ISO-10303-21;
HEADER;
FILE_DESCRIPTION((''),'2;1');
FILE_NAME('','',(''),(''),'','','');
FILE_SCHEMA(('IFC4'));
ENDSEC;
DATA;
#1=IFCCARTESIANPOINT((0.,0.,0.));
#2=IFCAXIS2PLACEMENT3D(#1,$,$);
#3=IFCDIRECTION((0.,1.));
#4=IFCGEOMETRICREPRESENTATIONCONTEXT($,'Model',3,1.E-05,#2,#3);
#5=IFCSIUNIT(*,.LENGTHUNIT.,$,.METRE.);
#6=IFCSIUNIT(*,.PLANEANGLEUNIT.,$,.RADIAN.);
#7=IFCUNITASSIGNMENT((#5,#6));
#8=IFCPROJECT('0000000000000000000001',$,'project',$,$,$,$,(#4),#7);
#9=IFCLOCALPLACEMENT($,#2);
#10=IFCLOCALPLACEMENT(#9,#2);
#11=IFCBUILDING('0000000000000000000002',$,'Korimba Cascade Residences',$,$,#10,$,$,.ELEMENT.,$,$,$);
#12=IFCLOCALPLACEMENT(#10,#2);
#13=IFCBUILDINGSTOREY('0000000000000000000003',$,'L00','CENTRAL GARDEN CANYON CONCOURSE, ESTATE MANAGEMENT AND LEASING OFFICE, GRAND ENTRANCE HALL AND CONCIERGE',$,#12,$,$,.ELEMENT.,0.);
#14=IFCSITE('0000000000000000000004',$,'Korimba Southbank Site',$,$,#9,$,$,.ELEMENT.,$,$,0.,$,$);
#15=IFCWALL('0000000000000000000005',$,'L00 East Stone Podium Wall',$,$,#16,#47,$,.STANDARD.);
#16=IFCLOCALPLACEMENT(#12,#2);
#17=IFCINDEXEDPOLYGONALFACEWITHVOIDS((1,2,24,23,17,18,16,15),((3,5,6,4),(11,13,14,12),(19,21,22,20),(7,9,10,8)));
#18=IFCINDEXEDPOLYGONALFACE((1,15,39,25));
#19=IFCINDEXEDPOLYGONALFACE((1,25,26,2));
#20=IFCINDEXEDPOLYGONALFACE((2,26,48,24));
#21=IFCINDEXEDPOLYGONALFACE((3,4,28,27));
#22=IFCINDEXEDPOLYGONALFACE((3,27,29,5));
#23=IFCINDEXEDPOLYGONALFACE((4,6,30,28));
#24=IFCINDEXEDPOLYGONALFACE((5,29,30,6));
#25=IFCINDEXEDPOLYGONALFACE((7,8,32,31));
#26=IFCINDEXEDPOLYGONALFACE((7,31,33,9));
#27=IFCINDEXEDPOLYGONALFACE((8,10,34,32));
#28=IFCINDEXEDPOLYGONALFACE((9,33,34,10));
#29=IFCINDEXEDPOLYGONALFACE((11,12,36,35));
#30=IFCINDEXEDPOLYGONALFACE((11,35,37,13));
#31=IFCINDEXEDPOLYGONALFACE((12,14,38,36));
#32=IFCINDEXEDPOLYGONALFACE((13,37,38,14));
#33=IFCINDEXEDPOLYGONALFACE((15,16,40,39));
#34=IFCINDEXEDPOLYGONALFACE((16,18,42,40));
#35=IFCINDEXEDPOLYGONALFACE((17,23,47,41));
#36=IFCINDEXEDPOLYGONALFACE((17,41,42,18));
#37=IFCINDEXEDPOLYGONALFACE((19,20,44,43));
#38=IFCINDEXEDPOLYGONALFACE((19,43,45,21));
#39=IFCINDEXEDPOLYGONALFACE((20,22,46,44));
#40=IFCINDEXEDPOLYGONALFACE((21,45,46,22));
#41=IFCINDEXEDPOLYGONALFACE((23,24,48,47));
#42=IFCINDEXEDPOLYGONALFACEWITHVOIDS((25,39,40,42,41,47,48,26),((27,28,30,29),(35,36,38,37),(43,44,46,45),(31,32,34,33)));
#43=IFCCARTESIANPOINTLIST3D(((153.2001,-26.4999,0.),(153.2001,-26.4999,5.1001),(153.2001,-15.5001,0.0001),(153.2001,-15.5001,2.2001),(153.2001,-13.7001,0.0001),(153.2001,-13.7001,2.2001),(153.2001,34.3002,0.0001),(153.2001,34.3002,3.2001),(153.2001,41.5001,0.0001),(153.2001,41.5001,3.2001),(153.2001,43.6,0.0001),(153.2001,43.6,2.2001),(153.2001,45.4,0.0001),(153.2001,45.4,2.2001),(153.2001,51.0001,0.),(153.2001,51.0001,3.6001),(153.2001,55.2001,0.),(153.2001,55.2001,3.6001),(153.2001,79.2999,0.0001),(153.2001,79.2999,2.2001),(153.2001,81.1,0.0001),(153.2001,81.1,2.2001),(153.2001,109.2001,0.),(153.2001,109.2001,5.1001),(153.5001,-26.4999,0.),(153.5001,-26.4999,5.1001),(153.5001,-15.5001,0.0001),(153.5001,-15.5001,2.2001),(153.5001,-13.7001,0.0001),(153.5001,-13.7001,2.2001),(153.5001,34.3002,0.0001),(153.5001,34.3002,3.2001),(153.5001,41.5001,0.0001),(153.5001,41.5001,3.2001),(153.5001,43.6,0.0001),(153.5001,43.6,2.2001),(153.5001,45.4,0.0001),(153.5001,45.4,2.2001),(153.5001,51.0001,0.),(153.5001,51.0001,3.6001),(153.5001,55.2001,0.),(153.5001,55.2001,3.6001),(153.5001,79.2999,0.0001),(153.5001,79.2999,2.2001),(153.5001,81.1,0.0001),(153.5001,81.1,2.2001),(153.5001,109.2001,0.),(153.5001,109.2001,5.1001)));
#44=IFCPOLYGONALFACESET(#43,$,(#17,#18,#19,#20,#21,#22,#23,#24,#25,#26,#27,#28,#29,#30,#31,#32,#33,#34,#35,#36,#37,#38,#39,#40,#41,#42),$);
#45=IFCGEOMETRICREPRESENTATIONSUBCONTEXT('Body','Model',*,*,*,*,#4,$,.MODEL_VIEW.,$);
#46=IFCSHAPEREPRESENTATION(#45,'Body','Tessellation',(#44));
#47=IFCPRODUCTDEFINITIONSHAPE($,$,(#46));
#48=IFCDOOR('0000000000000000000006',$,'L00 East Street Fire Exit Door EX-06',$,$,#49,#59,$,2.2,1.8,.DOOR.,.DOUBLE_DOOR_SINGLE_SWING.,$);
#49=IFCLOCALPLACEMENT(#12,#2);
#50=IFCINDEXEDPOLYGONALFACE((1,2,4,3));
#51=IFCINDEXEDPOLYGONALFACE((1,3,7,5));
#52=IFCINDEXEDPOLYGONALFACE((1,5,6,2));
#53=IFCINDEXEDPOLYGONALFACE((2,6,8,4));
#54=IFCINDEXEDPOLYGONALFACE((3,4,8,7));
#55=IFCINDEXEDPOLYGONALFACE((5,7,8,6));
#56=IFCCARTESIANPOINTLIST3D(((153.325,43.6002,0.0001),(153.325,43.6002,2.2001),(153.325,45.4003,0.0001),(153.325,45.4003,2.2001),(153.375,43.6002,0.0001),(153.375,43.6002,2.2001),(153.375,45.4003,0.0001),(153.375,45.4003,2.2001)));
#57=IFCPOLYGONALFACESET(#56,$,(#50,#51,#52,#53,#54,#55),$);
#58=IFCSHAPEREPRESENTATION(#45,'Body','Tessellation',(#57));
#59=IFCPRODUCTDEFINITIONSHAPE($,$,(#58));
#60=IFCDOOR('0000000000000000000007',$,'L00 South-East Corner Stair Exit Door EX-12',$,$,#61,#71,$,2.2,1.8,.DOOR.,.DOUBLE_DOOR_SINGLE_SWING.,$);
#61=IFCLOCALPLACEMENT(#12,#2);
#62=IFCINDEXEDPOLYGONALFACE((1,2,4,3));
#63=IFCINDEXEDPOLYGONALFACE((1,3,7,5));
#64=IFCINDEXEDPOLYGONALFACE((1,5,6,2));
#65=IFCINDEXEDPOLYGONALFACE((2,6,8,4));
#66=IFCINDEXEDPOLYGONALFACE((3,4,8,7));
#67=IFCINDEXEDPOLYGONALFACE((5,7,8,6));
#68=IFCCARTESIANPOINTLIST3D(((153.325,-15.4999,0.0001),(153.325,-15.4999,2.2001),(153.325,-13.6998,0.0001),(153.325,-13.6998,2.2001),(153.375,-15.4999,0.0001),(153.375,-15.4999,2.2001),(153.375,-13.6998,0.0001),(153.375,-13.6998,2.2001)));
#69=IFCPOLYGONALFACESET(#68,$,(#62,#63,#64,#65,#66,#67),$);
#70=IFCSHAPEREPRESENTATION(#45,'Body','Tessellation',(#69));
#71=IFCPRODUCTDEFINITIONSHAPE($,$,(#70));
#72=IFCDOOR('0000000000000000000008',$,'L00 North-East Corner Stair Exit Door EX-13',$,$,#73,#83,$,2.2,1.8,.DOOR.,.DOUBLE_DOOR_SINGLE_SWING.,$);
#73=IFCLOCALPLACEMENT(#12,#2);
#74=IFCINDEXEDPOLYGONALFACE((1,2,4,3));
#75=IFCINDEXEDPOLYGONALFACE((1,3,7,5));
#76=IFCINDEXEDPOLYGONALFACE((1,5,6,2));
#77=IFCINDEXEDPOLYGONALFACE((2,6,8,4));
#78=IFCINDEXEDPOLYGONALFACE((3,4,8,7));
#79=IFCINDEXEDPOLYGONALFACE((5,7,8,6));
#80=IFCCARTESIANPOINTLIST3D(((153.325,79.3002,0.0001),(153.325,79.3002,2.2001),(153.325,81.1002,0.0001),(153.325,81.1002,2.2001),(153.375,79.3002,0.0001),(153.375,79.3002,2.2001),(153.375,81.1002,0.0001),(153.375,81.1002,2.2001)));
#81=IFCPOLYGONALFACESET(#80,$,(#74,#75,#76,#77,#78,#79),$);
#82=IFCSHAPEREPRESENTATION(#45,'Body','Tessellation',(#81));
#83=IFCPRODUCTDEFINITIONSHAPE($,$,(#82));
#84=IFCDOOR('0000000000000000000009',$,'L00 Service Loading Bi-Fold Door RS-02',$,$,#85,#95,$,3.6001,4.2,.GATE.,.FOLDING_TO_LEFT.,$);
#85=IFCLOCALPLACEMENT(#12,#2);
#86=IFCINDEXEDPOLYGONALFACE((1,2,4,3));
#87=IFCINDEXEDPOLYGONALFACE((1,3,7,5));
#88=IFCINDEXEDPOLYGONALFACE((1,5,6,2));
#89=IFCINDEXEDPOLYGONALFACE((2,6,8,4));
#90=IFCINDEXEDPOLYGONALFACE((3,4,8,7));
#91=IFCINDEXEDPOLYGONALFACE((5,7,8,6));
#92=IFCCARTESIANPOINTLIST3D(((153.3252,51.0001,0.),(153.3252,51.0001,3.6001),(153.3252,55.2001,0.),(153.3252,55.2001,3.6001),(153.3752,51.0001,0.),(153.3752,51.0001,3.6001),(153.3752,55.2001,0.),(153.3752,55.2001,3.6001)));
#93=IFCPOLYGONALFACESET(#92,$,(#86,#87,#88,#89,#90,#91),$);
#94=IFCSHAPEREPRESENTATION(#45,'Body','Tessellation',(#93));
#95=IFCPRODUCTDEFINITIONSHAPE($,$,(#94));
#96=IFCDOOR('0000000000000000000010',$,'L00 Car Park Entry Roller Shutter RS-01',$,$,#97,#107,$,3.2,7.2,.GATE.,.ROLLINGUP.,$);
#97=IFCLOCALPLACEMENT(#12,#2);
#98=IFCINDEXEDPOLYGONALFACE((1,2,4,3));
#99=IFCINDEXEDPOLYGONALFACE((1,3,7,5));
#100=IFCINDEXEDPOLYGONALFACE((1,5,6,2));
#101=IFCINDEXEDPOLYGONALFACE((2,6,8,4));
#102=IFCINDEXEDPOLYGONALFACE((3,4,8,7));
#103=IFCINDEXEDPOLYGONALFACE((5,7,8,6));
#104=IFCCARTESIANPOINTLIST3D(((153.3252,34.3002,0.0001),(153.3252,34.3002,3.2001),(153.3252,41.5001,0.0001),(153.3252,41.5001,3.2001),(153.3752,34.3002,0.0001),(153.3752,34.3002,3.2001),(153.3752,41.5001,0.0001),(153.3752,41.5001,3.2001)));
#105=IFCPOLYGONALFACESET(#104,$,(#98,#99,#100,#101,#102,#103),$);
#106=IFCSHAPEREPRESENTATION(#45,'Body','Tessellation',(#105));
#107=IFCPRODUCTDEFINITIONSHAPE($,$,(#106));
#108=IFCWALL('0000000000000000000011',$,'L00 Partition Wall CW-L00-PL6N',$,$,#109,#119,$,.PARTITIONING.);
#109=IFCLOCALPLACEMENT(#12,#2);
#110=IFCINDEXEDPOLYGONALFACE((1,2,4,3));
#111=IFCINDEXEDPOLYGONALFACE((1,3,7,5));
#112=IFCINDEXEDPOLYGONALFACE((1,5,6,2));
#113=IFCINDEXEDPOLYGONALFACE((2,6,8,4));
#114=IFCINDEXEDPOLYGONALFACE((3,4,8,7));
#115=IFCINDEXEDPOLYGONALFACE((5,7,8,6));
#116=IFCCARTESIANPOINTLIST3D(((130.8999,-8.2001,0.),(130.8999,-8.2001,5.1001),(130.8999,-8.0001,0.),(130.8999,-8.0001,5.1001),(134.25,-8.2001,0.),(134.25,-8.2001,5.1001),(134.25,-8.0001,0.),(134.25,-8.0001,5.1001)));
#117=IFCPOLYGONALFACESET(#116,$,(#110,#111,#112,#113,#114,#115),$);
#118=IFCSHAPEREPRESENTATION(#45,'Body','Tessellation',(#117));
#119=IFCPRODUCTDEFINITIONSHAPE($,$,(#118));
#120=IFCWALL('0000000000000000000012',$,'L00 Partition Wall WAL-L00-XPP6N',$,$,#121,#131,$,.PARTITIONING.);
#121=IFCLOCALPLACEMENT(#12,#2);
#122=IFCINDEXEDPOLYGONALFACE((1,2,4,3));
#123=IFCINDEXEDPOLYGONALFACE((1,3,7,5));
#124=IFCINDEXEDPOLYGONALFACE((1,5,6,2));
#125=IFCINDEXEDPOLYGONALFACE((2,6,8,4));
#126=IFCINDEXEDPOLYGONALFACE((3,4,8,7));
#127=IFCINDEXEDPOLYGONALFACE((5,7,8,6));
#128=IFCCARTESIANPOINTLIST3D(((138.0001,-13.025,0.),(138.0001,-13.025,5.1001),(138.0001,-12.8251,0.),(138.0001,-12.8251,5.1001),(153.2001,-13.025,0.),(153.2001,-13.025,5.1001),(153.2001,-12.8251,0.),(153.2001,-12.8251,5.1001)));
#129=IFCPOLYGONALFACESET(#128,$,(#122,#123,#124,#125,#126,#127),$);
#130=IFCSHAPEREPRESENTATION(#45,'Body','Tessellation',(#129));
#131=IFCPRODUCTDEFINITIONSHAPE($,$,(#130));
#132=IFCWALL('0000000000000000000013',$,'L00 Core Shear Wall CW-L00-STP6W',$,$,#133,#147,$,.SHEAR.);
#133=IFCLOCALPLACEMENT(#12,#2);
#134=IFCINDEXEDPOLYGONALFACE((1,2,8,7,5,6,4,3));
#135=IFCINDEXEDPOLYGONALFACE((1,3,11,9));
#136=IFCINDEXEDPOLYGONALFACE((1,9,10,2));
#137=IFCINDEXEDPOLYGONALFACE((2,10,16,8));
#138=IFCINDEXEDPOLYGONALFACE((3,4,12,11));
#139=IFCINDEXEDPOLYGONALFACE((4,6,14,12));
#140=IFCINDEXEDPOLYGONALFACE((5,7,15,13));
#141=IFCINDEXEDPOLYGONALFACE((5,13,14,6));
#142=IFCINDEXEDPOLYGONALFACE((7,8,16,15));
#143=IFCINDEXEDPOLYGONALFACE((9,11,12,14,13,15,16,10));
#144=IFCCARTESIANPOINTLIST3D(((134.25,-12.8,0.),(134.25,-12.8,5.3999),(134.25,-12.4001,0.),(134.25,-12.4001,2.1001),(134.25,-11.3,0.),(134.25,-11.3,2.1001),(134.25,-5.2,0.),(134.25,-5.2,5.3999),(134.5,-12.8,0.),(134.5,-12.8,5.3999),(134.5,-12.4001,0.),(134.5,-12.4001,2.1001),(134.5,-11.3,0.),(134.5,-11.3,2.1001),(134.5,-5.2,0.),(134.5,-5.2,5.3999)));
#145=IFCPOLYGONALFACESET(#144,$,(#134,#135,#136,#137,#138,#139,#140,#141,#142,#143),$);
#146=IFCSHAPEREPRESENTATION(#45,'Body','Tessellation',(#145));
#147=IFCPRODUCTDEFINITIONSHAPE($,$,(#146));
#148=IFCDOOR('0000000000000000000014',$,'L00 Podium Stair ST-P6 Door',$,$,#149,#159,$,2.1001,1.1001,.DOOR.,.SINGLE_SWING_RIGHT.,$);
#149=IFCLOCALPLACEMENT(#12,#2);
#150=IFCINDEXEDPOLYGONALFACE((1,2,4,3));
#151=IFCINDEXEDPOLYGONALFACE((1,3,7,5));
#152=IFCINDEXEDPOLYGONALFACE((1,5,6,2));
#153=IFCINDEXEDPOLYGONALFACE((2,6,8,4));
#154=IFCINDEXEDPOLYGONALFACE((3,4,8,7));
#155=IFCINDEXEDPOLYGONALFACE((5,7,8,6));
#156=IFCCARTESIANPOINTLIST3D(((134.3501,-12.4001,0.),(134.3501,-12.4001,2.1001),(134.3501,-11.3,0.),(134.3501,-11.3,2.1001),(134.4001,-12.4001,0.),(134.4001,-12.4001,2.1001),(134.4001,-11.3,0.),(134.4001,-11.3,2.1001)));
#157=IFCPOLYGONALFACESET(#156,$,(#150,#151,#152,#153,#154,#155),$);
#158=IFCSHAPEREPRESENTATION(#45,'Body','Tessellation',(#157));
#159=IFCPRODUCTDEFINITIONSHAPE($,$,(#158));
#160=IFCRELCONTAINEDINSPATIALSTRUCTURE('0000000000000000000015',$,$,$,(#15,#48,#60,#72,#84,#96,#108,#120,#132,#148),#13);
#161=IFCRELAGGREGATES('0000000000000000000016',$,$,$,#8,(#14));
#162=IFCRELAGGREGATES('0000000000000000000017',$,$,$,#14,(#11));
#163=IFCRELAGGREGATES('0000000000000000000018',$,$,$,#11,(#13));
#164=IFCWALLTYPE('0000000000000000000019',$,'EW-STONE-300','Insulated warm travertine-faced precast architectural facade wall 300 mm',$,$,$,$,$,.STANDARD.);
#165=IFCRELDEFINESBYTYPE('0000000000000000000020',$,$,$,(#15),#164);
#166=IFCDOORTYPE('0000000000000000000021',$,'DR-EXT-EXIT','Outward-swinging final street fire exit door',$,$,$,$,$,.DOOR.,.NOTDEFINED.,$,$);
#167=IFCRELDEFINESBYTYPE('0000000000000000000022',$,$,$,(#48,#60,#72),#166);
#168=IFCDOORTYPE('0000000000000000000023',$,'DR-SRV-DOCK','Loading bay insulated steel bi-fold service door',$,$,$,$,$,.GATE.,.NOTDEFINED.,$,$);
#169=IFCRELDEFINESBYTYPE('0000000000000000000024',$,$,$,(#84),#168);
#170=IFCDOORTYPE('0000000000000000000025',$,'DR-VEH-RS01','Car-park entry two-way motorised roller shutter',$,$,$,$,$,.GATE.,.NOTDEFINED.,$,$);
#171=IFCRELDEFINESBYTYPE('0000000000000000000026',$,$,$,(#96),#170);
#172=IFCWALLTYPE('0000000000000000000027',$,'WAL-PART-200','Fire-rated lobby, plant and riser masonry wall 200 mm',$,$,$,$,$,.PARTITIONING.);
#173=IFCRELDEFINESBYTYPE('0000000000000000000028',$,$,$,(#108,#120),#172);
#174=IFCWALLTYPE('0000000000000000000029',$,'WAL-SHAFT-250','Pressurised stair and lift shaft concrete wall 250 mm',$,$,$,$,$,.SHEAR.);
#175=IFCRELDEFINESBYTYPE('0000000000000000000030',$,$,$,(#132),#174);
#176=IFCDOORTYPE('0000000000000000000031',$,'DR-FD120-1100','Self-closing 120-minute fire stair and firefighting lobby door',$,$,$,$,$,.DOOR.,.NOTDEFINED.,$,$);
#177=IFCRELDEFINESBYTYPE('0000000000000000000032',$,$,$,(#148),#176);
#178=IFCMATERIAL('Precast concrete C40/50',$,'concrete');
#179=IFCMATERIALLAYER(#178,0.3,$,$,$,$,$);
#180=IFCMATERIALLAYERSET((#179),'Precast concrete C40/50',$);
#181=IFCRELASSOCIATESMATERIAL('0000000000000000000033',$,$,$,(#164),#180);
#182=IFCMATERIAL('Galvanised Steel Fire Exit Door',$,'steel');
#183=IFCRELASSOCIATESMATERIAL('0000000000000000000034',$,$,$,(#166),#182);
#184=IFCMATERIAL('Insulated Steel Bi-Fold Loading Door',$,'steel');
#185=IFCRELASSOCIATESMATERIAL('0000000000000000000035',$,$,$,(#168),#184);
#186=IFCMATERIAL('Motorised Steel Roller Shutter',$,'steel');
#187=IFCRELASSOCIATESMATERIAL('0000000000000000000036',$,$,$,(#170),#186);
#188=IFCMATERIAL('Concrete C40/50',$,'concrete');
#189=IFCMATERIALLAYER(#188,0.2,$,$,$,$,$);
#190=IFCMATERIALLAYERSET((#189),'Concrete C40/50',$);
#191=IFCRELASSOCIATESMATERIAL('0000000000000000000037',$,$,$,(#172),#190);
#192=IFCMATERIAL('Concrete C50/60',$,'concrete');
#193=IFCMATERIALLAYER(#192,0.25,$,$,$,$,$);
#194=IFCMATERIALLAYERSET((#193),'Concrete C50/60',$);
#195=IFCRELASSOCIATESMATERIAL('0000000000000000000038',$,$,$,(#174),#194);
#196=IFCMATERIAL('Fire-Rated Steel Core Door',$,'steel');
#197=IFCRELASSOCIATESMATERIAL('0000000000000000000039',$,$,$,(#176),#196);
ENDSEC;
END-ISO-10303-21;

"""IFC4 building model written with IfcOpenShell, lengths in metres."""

from ifc_helpers import new_model, si_unit, direction, frame, frame_2d, origin, place, context, subcontext, project, spatial, rectangle, extrude, material, layer, layer_set, type_object, element, fill, save


model = new_model("IFC4")

# Units and contexts
model_context = context("Model", 3, precision=1e-05, world=origin(), true_north=direction((0.0, 1.0)))
body_context = subcontext(model_context, "Body", "Model", "MODEL_VIEW")
ifc_project = project(units=[si_unit("LENGTHUNIT", "METRE"), si_unit("PLANEANGLEUNIT", "RADIAN")], contexts=[model_context])

# Site, building, storey
site_placement = place(None, origin())
site = spatial("IfcSite", under=ifc_project, at=site_placement, Name="Korimba Southbank Site", CompositionType="ELEMENT", RefElevation=0.0)
building_placement = place(site_placement, origin())
building = spatial("IfcBuilding", under=site, at=building_placement, Name="Korimba Cascade Residences", CompositionType="ELEMENT")
storey_placement = place(building_placement, origin())
storey = spatial("IfcBuildingStorey", under=building, at=storey_placement, Name="L00", Description="CENTRAL GARDEN CANYON CONCOURSE, ESTATE MANAGEMENT AND LEASING OFFICE, GRAND ENTRANCE HALL AND CONCIERGE", CompositionType="ELEMENT", Elevation=0.0)

# Wall, openings, doors
ifc_material_1 = material(Name="Precast concrete C40/50", Category="concrete")
ifc_layer_1 = layer(ifc_material_1, 0.3)
ifc_layer_set_1 = layer_set([ifc_layer_1], Name="Precast concrete C40/50")
wall_type_1 = type_object("IfcWallType", Name="EW-STONE-300", Description="Insulated warm travertine-faced precast architectural facade wall 300 mm", PredefinedType="STANDARD", material=ifc_layer_set_1)
wall_1_placement = place(storey_placement, frame((153.3501, -26.5, 0.0), z_axis=(0.0, 0.0, 1.0), x_axis=(0.0, 1.0, 0.0)))
wall_1 = element("IfcWall", 1, at=wall_1_placement, inside=storey, type_object=wall_type_1, Name="L00 East Stone Podium Wall", PredefinedType="STANDARD", context=body_context, shape_type="SweptSolid", body=[
    extrude(rectangle(XDim=135.7, YDim=0.3, at=frame_2d((67.8501, 0.0))), origin(), (0.0, 0.0, 1.0), 5.1001),
])
opening_1_placement = place(wall_1_placement, frame((60.8, 0.0, 0.0)))
opening_1 = element("IfcOpeningElement", 2, at=opening_1_placement, cuts=wall_1, PredefinedType="OPENING", context=body_context, shape_type="SweptSolid", body=[
    extrude(rectangle(XDim=7.2, YDim=3.2, at=frame_2d((3.6001, 1.6001))), frame((0.0, 0.1602, 0.0), z_axis=(0.0, -1.0, 0.0), x_axis=(1.0, 0.0, 0.0)), (0.0, 0.0, 1.0), 0.3201),
])
opening_2_placement = place(wall_1_placement, frame((70.1001, 0.0, 0.0)))
opening_2 = element("IfcOpeningElement", 3, at=opening_2_placement, cuts=wall_1, PredefinedType="OPENING", context=body_context, shape_type="SweptSolid", body=[
    extrude(rectangle(XDim=1.8, YDim=2.2, at=frame_2d((0.8999, 1.1001))), frame((0.0, 0.1602, 0.0), z_axis=(0.0, -1.0, 0.0), x_axis=(1.0, 0.0, 0.0)), (0.0, 0.0, 1.0), 0.3201),
])
opening_3_placement = place(wall_1_placement, frame((77.5, 0.0, 0.0)))
opening_3 = element("IfcOpeningElement", 4, at=opening_3_placement, cuts=wall_1, PredefinedType="OPENING", context=body_context, shape_type="SweptSolid", body=[
    extrude(rectangle(XDim=4.2, YDim=3.6001, at=frame_2d((2.1001, 1.8))), frame((0.0, 0.1602, 0.0), z_axis=(0.0, -1.0, 0.0), x_axis=(1.0, 0.0, 0.0)), (0.0, 0.0, 1.0), 0.3201),
])
opening_4_placement = place(wall_1_placement, frame((11.0, 0.0, 0.0)))
opening_4 = element("IfcOpeningElement", 5, at=opening_4_placement, cuts=wall_1, PredefinedType="OPENING", context=body_context, shape_type="SweptSolid", body=[
    extrude(rectangle(XDim=1.8, YDim=2.2, at=frame_2d((0.8999, 1.1001))), frame((0.0, 0.1602, 0.0), z_axis=(0.0, -1.0, 0.0), x_axis=(1.0, 0.0, 0.0)), (0.0, 0.0, 1.0), 0.3201),
])
opening_5_placement = place(wall_1_placement, frame((105.8, 0.0, 0.0)))
opening_5 = element("IfcOpeningElement", 6, at=opening_5_placement, cuts=wall_1, PredefinedType="OPENING", context=body_context, shape_type="SweptSolid", body=[
    extrude(rectangle(XDim=1.8, YDim=2.2, at=frame_2d((0.8999, 1.1001))), frame((0.0, 0.1602, 0.0), z_axis=(0.0, -1.0, 0.0), x_axis=(1.0, 0.0, 0.0)), (0.0, 0.0, 1.0), 0.3201),
])
ifc_material_2 = material(Name="Galvanised Steel Fire Exit Door", Category="steel")
door_type_1 = type_object("IfcDoorType", Name="DR-EXT-EXIT", Description="Outward-swinging final street fire exit door", OperationType="NOTDEFINED", PredefinedType="DOOR", material=ifc_material_2)
door_1_placement = place(opening_2_placement, frame((1.8, 0.0, 0.0), z_axis=(0.0, 0.0, 1.0), x_axis=(-1.0, 0.0, 0.0)))
door_1 = element("IfcDoor", 7, at=door_1_placement, inside=storey, type_object=door_type_1, Name="L00 East Street Fire Exit Door EX-06", OperationType="DOUBLE_DOOR_SINGLE_SWING", OverallHeight=2.2, OverallWidth=1.8, PredefinedType="DOOR", context=body_context, shape_type="SweptSolid", body=[
    extrude(rectangle(XDim=1.8, YDim=2.2, at=frame_2d((0.8999, 1.1001))), frame((0.0, 0.0249, 0.0), z_axis=(0.0, -1.0, 0.0), x_axis=(1.0, 0.0, 0.0)), (0.0, 0.0, 1.0), 0.05),
])
fill(opening_2, door_1)
door_2_placement = place(opening_4_placement, frame((1.8, 0.0, 0.0), z_axis=(0.0, 0.0, 1.0), x_axis=(-1.0, 0.0, 0.0)))
door_2 = element("IfcDoor", 8, at=door_2_placement, inside=storey, type_object=door_type_1, Name="L00 South-East Corner Stair Exit Door EX-12", OperationType="DOUBLE_DOOR_SINGLE_SWING", OverallHeight=2.2, OverallWidth=1.8, PredefinedType="DOOR", context=body_context, shape_type="SweptSolid", body=[
    extrude(rectangle(XDim=1.8, YDim=2.2, at=frame_2d((0.8999, 1.1001))), frame((0.0, 0.0249, 0.0), z_axis=(0.0, -1.0, 0.0), x_axis=(1.0, 0.0, 0.0)), (0.0, 0.0, 1.0), 0.05),
])
fill(opening_4, door_2)
door_3_placement = place(opening_5_placement, frame((1.8, 0.0, 0.0), z_axis=(0.0, 0.0, 1.0), x_axis=(-1.0, 0.0, 0.0)))
door_3 = element("IfcDoor", 9, at=door_3_placement, inside=storey, type_object=door_type_1, Name="L00 North-East Corner Stair Exit Door EX-13", OperationType="DOUBLE_DOOR_SINGLE_SWING", OverallHeight=2.2, OverallWidth=1.8, PredefinedType="DOOR", context=body_context, shape_type="SweptSolid", body=[
    extrude(rectangle(XDim=1.8, YDim=2.2, at=frame_2d((0.8999, 1.1001))), frame((0.0, 0.0249, 0.0), z_axis=(0.0, -1.0, 0.0), x_axis=(1.0, 0.0, 0.0)), (0.0, 0.0, 1.0), 0.05),
])
fill(opening_5, door_3)
ifc_material_3 = material(Name="Insulated Steel Bi-Fold Loading Door", Category="steel")
door_type_2 = type_object("IfcDoorType", Name="DR-SRV-DOCK", Description="Loading bay insulated steel bi-fold service door", OperationType="NOTDEFINED", PredefinedType="GATE", material=ifc_material_3)
door_4_placement = place(opening_3_placement, origin())
door_4 = element("IfcDoor", 10, at=door_4_placement, inside=storey, type_object=door_type_2, Name="L00 Service Loading Bi-Fold Door RS-02", OperationType="FOLDING_TO_LEFT", OverallHeight=3.6001, OverallWidth=4.2, PredefinedType="GATE", context=body_context, shape_type="SweptSolid", body=[
    extrude(rectangle(XDim=4.2, YDim=3.6001, at=frame_2d((2.1001, 1.8))), frame((0.0, 0.0249, 0.0), z_axis=(0.0, -1.0, 0.0), x_axis=(1.0, 0.0, 0.0)), (0.0, 0.0, 1.0), 0.05),
])
fill(opening_3, door_4)
ifc_material_4 = material(Name="Motorised Steel Roller Shutter", Category="steel")
door_type_3 = type_object("IfcDoorType", Name="DR-VEH-RS01", Description="Car-park entry two-way motorised roller shutter", OperationType="NOTDEFINED", PredefinedType="GATE", material=ifc_material_4)
door_5_placement = place(opening_1_placement, origin())
door_5 = element("IfcDoor", 11, at=door_5_placement, inside=storey, type_object=door_type_3, Name="L00 Car Park Entry Roller Shutter RS-01", OperationType="ROLLINGUP", OverallHeight=3.2, OverallWidth=7.2, PredefinedType="GATE", context=body_context, shape_type="SweptSolid", body=[
    extrude(rectangle(XDim=7.2, YDim=3.2, at=frame_2d((3.6001, 1.6001))), frame((0.0, 0.0249, 0.0), z_axis=(0.0, -1.0, 0.0), x_axis=(1.0, 0.0, 0.0)), (0.0, 0.0, 1.0), 0.05),
])
fill(opening_1, door_5)

# Walls
ifc_material_5 = material(Name="Concrete C40/50", Category="concrete")
ifc_layer_2 = layer(ifc_material_5, 0.2)
ifc_layer_set_2 = layer_set([ifc_layer_2], Name="Concrete C40/50")
wall_type_2 = type_object("IfcWallType", Name="WAL-PART-200", Description="Fire-rated lobby, plant and riser masonry wall 200 mm", PredefinedType="PARTITIONING", material=ifc_layer_set_2)
wall_2_placement = place(storey_placement, frame((130.8999, -8.1001, 0.0), z_axis=(0.0, 0.0, 1.0), x_axis=(1.0, 0.0, 0.0)))
element("IfcWall", 12, at=wall_2_placement, inside=storey, type_object=wall_type_2, Name="L00 Partition Wall CW-L00-PL6N", PredefinedType="PARTITIONING", context=body_context, shape_type="SweptSolid", body=[
    extrude(rectangle(XDim=3.3501, YDim=0.2, at=frame_2d((1.675, 0.0))), origin(), (0.0, 0.0, 1.0), 5.1001),
])
wall_3_placement = place(storey_placement, frame((138.0, -12.925, 0.0), z_axis=(0.0, 0.0, 1.0), x_axis=(1.0, 0.0, 0.0)))
element("IfcWall", 13, at=wall_3_placement, inside=storey, type_object=wall_type_2, Name="L00 Partition Wall WAL-L00-XPP6N", PredefinedType="PARTITIONING", context=body_context, shape_type="SweptSolid", body=[
    extrude(rectangle(XDim=15.2, YDim=0.2, at=frame_2d((7.6001, 0.0))), origin(), (0.0, 0.0, 1.0), 5.1001),
])

# Wall, opening, door
ifc_material_6 = material(Name="Concrete C50/60", Category="concrete")
ifc_layer_3 = layer(ifc_material_6, 0.25)
ifc_layer_set_3 = layer_set([ifc_layer_3], Name="Concrete C50/60")
wall_type_3 = type_object("IfcWallType", Name="WAL-SHAFT-250", Description="Pressurised stair and lift shaft concrete wall 250 mm", PredefinedType="SHEAR", material=ifc_layer_set_3)
wall_4_placement = place(storey_placement, frame((134.375, -12.8, 0.0), z_axis=(0.0, 0.0, 1.0), x_axis=(0.0, 1.0, 0.0)))
wall_4 = element("IfcWall", 14, at=wall_4_placement, inside=storey, type_object=wall_type_3, Name="L00 Core Shear Wall CW-L00-STP6W", PredefinedType="SHEAR", context=body_context, shape_type="SweptSolid", body=[
    extrude(rectangle(XDim=7.6001, YDim=0.25, at=frame_2d((3.8, 0.0))), origin(), (0.0, 0.0, 1.0), 5.3999),
])
opening_6_placement = place(wall_4_placement, frame((0.3999, 0.0, 0.0)))
opening_6 = element("IfcOpeningElement", 15, at=opening_6_placement, cuts=wall_4, PredefinedType="OPENING", context=body_context, shape_type="SweptSolid", body=[
    extrude(rectangle(XDim=1.1001, YDim=2.1001, at=frame_2d((0.55, 1.05))), frame((0.0, 0.135, 0.0), z_axis=(0.0, -1.0, 0.0), x_axis=(1.0, 0.0, 0.0)), (0.0, 0.0, 1.0), 0.27),
])
ifc_material_7 = material(Name="Fire-Rated Steel Core Door", Category="steel")
door_type_4 = type_object("IfcDoorType", Name="DR-FD120-1100", Description="Self-closing 120-minute fire stair and firefighting lobby door", OperationType="NOTDEFINED", PredefinedType="DOOR", material=ifc_material_7)
door_6_placement = place(opening_6_placement, origin())
door_6 = element("IfcDoor", 16, at=door_6_placement, inside=storey, type_object=door_type_4, Name="L00 Podium Stair ST-P6 Door", OperationType="SINGLE_SWING_RIGHT", OverallHeight=2.1001, OverallWidth=1.1001, PredefinedType="DOOR", context=body_context, shape_type="SweptSolid", body=[
    extrude(rectangle(XDim=1.1001, YDim=2.1001, at=frame_2d((0.55, 1.05))), frame((0.0, 0.0249, 0.0), z_axis=(0.0, -1.0, 0.0), x_axis=(1.0, 0.0, 0.0)), (0.0, 0.0, 1.0), 0.05),
])
fill(opening_6, door_6)

save(model, "model.ifc")
